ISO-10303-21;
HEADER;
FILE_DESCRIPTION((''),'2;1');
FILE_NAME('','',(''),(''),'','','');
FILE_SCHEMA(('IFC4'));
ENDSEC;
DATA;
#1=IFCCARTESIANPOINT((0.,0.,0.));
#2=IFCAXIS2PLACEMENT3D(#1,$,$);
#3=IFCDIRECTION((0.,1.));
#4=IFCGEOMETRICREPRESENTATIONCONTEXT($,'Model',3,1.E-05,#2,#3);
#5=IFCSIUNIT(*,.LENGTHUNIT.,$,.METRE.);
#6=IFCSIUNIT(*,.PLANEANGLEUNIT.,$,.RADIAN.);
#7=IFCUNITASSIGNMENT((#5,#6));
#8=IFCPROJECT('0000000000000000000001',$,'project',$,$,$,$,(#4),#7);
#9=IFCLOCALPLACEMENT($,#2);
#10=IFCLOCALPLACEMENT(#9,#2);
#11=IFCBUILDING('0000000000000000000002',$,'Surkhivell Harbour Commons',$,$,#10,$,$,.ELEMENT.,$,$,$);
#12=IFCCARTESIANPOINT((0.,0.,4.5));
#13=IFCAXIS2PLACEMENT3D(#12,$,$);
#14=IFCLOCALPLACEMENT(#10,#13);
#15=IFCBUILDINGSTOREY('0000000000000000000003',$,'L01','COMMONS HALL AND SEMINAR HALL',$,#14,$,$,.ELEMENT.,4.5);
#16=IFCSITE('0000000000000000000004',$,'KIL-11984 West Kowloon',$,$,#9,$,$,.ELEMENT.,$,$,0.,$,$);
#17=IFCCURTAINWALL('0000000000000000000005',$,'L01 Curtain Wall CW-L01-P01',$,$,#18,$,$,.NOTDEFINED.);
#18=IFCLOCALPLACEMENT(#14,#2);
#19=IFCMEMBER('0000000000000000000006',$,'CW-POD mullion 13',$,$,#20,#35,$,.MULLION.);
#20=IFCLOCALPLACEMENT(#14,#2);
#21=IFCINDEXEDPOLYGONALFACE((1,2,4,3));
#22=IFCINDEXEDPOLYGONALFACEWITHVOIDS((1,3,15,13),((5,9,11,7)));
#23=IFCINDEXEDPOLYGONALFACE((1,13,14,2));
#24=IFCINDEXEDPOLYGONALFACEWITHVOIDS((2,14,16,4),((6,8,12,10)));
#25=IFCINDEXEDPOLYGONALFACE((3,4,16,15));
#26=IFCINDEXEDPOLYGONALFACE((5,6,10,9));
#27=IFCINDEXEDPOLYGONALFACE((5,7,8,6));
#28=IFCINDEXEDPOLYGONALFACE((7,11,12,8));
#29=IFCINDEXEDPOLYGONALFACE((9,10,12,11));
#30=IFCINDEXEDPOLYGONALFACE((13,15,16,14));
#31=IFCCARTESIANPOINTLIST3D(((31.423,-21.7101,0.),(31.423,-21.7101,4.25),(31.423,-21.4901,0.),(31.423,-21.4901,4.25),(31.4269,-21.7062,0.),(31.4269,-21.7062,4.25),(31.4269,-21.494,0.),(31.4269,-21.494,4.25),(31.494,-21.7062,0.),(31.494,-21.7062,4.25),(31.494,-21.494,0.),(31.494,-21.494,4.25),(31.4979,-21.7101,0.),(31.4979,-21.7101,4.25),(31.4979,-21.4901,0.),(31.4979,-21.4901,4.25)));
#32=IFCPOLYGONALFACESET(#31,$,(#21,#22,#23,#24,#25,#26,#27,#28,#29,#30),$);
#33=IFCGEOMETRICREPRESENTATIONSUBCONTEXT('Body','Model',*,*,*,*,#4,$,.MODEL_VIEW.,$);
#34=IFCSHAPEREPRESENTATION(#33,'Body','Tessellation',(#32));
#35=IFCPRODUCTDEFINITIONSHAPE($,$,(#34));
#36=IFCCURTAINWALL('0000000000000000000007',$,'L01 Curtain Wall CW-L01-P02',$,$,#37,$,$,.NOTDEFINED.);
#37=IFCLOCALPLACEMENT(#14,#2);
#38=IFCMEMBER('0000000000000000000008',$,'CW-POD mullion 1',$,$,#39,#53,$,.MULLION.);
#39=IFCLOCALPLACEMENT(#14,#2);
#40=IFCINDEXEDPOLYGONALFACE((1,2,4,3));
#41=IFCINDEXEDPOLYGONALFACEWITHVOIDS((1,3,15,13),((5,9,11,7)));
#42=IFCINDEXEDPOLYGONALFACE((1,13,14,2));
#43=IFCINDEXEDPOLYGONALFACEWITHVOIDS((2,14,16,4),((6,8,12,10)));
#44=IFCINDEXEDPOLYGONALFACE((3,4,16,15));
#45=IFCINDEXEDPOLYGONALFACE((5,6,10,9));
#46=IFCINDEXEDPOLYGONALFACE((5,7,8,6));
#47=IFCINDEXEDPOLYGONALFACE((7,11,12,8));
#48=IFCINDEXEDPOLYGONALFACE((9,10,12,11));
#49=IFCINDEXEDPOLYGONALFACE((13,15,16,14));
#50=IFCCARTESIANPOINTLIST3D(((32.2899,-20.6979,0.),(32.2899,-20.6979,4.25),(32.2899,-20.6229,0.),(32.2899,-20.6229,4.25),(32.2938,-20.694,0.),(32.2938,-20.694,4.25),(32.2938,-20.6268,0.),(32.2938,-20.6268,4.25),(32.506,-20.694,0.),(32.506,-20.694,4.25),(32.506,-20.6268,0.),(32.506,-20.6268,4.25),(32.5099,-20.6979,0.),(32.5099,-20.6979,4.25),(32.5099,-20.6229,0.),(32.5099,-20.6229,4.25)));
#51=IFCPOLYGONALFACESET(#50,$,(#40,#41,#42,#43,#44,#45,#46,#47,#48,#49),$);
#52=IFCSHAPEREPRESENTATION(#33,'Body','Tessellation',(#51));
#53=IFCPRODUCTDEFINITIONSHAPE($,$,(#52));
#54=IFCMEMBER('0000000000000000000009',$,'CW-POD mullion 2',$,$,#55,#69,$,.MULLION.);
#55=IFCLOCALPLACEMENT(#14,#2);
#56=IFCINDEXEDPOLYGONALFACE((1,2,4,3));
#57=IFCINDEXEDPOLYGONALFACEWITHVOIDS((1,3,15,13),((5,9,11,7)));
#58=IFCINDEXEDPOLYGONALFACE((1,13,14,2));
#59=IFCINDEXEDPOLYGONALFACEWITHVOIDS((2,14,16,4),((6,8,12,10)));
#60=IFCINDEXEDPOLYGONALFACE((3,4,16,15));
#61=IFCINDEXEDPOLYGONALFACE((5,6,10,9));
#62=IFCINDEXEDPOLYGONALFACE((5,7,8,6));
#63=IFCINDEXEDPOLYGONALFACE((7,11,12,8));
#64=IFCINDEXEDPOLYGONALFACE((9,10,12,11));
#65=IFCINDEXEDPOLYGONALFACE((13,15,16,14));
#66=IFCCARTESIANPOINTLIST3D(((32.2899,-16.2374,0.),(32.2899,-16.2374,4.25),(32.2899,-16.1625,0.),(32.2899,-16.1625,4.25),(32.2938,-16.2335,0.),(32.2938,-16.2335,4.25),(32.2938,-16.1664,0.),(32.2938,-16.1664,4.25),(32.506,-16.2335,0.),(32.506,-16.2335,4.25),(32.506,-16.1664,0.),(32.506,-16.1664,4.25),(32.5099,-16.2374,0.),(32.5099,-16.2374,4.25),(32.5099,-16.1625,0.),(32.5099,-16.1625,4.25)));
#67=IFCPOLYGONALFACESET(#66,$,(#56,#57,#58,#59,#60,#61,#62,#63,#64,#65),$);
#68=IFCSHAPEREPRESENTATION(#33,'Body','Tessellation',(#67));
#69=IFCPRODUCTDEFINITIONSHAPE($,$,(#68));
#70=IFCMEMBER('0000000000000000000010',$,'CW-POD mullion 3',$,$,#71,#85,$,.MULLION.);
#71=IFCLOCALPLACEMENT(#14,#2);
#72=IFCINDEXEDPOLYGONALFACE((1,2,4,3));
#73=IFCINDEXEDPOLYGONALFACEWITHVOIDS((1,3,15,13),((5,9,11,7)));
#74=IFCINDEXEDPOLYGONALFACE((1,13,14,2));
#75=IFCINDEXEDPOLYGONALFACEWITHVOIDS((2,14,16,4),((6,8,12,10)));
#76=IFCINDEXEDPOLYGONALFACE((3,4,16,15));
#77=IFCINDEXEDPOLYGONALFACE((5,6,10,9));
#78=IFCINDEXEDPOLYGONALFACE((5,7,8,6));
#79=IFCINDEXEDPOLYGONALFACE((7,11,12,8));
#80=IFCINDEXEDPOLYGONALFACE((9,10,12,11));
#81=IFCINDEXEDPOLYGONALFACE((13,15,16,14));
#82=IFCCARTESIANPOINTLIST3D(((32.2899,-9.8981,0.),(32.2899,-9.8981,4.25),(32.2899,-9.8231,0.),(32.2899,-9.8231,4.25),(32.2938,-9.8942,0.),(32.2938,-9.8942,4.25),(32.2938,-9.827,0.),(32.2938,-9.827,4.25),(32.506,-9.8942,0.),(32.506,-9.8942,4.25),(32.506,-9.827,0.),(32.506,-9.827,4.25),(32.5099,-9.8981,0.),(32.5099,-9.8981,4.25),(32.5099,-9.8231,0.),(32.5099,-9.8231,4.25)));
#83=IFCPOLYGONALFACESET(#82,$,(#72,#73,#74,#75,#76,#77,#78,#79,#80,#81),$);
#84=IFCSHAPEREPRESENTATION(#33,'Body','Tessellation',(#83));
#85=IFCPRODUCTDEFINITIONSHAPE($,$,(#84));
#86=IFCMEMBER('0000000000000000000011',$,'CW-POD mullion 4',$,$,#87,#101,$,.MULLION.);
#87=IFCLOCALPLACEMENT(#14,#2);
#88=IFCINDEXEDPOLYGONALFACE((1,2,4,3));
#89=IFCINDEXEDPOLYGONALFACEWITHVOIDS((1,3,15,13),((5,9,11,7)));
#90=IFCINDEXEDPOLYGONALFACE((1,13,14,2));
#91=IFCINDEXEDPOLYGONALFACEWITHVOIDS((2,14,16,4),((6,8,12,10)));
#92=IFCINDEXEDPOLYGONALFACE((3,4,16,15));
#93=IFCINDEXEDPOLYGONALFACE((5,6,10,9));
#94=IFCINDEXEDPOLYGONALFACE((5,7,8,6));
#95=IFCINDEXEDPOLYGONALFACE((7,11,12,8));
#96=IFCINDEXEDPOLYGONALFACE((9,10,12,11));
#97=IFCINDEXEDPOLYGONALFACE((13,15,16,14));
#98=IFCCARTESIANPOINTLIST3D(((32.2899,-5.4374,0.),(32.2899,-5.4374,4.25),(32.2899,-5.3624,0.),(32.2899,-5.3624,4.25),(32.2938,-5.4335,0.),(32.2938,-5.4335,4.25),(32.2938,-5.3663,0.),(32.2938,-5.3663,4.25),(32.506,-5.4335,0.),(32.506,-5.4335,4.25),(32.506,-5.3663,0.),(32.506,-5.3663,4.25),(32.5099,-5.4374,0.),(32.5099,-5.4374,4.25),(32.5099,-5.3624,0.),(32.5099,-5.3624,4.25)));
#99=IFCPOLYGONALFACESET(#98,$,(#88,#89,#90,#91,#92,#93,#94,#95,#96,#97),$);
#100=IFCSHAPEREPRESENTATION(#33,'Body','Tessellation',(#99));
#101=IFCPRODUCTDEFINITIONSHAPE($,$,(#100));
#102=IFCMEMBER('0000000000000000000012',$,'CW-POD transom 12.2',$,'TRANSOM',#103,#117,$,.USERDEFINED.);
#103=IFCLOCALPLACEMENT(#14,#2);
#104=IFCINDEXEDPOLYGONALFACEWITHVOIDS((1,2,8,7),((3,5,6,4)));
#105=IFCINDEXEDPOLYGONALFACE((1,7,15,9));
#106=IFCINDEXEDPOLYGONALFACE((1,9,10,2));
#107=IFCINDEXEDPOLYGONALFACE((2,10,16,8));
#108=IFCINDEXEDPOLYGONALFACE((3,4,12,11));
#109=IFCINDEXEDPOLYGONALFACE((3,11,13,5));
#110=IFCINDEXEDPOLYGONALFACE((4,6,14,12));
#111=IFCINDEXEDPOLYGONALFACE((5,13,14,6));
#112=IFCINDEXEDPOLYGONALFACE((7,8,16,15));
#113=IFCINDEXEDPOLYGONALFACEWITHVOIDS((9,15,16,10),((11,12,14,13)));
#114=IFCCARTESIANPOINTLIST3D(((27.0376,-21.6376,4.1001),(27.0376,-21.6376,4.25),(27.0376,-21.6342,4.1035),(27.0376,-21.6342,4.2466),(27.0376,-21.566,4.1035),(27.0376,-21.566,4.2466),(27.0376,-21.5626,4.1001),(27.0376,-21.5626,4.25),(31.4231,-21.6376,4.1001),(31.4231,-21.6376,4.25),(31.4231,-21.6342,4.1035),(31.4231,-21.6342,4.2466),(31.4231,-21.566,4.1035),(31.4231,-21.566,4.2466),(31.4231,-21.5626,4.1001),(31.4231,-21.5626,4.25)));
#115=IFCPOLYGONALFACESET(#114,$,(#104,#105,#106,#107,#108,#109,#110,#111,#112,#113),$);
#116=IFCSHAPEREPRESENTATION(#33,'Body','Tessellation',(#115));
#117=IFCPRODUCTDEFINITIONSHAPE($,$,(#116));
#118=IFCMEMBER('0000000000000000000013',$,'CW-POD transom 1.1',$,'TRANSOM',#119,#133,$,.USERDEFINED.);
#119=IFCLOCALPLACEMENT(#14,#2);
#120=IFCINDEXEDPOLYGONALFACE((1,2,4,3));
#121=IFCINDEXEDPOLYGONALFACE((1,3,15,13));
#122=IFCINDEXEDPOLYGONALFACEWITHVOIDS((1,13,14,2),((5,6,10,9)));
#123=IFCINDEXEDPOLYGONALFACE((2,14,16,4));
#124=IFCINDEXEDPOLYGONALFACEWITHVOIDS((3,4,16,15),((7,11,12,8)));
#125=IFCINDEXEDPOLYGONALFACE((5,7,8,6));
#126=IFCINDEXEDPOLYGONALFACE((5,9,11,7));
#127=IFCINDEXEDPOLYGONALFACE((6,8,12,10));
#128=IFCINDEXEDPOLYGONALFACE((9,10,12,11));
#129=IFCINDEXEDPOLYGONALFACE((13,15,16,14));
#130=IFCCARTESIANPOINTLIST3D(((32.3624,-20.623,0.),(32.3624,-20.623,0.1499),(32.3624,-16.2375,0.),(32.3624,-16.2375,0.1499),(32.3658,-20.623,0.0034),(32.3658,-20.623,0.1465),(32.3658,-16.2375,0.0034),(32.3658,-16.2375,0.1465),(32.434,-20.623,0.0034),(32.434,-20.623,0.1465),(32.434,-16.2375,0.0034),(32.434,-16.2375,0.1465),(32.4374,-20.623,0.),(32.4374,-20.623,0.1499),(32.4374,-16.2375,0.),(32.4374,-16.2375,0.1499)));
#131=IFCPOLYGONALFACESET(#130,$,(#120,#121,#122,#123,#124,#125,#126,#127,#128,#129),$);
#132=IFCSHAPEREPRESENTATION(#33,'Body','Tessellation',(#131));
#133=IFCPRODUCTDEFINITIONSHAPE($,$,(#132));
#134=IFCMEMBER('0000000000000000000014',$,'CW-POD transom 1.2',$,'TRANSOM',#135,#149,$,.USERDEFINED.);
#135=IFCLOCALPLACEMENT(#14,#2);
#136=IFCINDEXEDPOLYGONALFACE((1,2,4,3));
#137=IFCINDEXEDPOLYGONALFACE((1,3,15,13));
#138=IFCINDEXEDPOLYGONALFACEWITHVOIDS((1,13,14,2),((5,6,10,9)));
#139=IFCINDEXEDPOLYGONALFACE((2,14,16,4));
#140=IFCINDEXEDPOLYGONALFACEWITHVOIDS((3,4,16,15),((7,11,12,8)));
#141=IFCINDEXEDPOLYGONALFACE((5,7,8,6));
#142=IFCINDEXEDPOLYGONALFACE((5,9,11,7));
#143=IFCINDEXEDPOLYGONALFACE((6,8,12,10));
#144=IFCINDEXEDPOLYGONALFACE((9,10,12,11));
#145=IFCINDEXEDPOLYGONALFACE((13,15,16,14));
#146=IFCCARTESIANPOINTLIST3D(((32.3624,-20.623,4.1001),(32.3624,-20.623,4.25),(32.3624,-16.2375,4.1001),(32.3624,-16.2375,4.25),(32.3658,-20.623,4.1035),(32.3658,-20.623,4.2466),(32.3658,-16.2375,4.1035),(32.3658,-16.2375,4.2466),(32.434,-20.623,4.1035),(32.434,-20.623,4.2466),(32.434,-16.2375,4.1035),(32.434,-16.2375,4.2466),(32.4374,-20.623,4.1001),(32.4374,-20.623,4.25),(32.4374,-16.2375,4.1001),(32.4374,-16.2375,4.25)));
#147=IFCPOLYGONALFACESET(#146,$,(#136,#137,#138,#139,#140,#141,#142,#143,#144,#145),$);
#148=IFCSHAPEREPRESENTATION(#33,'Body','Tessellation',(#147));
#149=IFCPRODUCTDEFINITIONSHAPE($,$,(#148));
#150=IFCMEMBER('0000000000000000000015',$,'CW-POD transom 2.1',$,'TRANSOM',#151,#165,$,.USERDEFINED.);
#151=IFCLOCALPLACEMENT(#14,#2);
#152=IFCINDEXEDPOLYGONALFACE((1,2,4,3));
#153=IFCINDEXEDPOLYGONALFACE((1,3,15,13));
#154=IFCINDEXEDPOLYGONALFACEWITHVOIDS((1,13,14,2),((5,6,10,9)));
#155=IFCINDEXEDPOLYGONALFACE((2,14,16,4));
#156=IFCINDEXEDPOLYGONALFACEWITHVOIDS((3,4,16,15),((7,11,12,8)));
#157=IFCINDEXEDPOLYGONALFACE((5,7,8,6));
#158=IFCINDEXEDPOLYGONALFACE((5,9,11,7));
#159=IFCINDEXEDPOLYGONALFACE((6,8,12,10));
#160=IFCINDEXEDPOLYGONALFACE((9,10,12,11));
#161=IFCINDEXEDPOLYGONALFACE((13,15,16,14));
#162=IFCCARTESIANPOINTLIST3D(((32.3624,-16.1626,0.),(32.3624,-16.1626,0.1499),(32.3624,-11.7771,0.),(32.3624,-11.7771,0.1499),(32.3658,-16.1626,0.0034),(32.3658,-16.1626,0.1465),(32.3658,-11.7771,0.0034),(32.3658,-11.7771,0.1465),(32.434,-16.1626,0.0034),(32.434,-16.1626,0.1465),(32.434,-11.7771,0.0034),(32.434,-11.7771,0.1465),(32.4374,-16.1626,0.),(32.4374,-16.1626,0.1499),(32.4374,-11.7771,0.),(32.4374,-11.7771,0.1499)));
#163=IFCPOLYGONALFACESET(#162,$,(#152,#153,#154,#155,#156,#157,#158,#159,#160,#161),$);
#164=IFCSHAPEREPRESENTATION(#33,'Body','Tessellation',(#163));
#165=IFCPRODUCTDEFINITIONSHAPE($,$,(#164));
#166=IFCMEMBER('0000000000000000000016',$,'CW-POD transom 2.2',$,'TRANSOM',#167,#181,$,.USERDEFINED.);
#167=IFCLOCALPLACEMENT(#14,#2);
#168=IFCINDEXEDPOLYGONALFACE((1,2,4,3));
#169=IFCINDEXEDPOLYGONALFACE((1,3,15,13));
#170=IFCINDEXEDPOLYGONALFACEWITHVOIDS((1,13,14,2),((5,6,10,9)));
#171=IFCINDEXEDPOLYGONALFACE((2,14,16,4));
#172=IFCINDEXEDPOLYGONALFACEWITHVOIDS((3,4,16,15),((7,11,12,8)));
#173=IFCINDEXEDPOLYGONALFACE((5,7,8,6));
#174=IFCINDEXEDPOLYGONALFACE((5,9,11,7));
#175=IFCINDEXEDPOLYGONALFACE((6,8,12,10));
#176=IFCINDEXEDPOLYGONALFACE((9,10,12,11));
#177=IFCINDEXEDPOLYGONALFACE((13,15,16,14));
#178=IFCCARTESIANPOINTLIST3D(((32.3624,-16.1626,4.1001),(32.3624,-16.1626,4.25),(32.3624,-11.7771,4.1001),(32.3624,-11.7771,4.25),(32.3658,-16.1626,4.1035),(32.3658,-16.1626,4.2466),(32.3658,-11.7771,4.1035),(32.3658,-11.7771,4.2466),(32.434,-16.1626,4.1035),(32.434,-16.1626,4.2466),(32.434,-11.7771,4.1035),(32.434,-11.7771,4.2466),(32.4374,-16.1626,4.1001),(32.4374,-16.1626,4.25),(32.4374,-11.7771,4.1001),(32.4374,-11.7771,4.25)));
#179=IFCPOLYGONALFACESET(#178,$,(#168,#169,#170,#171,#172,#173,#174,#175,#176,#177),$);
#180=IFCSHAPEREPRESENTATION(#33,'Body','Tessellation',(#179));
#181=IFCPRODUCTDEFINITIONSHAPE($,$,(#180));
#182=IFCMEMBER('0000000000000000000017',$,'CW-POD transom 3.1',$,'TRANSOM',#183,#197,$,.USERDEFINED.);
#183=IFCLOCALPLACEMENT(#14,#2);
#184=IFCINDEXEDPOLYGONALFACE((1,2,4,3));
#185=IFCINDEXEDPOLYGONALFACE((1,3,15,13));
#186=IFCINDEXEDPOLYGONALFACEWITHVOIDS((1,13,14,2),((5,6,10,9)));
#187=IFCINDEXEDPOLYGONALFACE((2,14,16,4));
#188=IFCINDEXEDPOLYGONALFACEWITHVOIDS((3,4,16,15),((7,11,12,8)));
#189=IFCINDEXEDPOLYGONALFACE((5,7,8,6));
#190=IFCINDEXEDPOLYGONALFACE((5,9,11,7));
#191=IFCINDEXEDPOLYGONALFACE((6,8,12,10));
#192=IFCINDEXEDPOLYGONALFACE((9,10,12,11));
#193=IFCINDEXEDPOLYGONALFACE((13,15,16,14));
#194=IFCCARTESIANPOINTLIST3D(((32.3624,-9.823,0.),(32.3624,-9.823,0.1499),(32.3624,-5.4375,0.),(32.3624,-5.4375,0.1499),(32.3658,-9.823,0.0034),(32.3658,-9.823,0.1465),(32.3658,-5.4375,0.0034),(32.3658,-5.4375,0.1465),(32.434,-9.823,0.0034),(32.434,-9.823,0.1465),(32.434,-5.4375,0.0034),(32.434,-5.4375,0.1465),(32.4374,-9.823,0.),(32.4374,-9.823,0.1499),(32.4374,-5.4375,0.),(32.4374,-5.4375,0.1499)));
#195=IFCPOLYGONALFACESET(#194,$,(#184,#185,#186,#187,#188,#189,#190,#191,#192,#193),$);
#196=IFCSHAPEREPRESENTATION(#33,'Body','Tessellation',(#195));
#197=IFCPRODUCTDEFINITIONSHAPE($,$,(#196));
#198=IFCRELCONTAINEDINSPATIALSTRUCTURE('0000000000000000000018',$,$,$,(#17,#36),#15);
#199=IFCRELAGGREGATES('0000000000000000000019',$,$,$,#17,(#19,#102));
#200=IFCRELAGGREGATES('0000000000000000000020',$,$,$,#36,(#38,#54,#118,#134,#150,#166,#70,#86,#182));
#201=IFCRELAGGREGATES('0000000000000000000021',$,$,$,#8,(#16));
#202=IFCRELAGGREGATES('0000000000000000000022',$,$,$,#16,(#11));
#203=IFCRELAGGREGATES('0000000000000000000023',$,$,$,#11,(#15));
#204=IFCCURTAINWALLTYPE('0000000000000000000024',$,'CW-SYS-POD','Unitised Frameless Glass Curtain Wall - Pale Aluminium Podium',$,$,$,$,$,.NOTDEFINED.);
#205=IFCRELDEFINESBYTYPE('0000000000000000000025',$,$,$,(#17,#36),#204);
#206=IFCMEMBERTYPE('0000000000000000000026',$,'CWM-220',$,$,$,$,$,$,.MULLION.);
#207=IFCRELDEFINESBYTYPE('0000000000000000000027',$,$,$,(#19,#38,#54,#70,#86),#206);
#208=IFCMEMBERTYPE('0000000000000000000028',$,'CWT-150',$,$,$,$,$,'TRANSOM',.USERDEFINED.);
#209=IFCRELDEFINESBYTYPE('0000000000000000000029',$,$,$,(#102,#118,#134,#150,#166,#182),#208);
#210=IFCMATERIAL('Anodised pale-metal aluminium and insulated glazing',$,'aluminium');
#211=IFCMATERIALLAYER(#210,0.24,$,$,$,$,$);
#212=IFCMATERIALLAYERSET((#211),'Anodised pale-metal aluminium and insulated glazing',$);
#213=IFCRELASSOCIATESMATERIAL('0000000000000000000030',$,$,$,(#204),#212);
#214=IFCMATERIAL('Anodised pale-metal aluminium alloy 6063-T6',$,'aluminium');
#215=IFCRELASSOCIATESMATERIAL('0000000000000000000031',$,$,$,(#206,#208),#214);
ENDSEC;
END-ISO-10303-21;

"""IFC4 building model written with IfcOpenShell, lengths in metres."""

from ifc_helpers import new_model, si_unit, direction, frame, origin, origin_2d, place, context, subcontext, project, spatial, hollow_rectangle, extrude, material, layer, layer_set, material_profile, profile_set, type_object, element, aggregate, save


model = new_model("IFC4")

# Units and contexts
model_context = context("Model", 3, precision=1e-05, world=origin(), true_north=direction((0.0, 1.0)))
body_context = subcontext(model_context, "Body", "Model", "MODEL_VIEW")
ifc_project = project(units=[si_unit("LENGTHUNIT", "METRE"), si_unit("PLANEANGLEUNIT", "RADIAN")], contexts=[model_context])

# Site, building, storey
site_placement = place(None, origin())
site = spatial("IfcSite", under=ifc_project, at=site_placement, Name="KIL-11984 West Kowloon", CompositionType="ELEMENT", RefElevation=0.0)
building_placement = place(site_placement, origin())
building = spatial("IfcBuilding", under=site, at=building_placement, Name="Surkhivell Harbour Commons", CompositionType="ELEMENT")
storey_placement = place(building_placement, frame((0.0, 0.0, 4.5)))
storey = spatial("IfcBuildingStorey", under=building, at=storey_placement, Name="L01", Description="COMMONS HALL AND SEMINAR HALL", CompositionType="ELEMENT", Elevation=4.5)

# Curtain wall, member
ifc_material_1 = material(Name="Anodised pale-metal aluminium and insulated glazing", Category="aluminium")
ifc_layer_1 = layer(ifc_material_1, 0.24)
ifc_layer_set_1 = layer_set([ifc_layer_1], Name="Anodised pale-metal aluminium and insulated glazing")
curtain_wall_type = type_object("IfcCurtainWallType", Name="CW-SYS-POD", Description="Unitised Frameless Glass Curtain Wall - Pale Aluminium Podium", PredefinedType="NOTDEFINED", material=ifc_layer_set_1)
curtain_wall_1_placement = place(storey_placement, origin())
curtain_wall_1 = element("IfcCurtainWall", 1, at=curtain_wall_1_placement, inside=storey, type_object=curtain_wall_type, Name="L01 Curtain Wall CW-L01-P01", PredefinedType="NOTDEFINED")
ifc_material_2 = material(Name="Anodised pale-metal aluminium alloy 6063-T6", Category="aluminium")
ifc_material_profile_1 = material_profile(ifc_material_2, hollow_rectangle(XDim=0.075, YDim=0.22, WallThickness=0.0039, at=origin_2d()), Name="ALU-MULL-75x220")
ifc_profile_set_1 = profile_set([ifc_material_profile_1], Name="Anodised pale-metal aluminium alloy 6063-T6")
member_type_1 = type_object("IfcMemberType", Name="CWM-220", PredefinedType="MULLION", material=ifc_profile_set_1)
member_1_placement = place(storey_placement, frame((31.4604, -21.6001, 0.0), z_axis=(0.0, 0.0, 1.0), x_axis=(1.0, 0.0, 0.0)))
member_1 = element("IfcMember", 2, at=member_1_placement, type_object=member_type_1, Name="CW-POD mullion 13", PredefinedType="MULLION", context=body_context, shape_type="SweptSolid", body=[
    extrude(hollow_rectangle(XDim=0.075, YDim=0.22, WallThickness=0.0039, at=origin_2d()), origin(), (0.0, 0.0, 1.0), 4.25),
])

# Curtain wall, members
curtain_wall_2_placement = place(storey_placement, origin())
curtain_wall_2 = element("IfcCurtainWall", 3, at=curtain_wall_2_placement, inside=storey, type_object=curtain_wall_type, Name="L01 Curtain Wall CW-L01-P02", PredefinedType="NOTDEFINED")
member_2_placement = place(storey_placement, frame((32.3999, -20.6604, 0.0), z_axis=(0.0, 0.0, 1.0), x_axis=(0.0, 1.0, 0.0)))
member_2 = element("IfcMember", 4, at=member_2_placement, type_object=member_type_1, Name="CW-POD mullion 1", PredefinedType="MULLION", context=body_context, shape_type="SweptSolid", body=[
    extrude(hollow_rectangle(XDim=0.075, YDim=0.22, WallThickness=0.0039, at=origin_2d()), origin(), (0.0, 0.0, 1.0), 4.25),
])
member_3_placement = place(storey_placement, frame((32.3999, -16.2, 0.0), z_axis=(0.0, 0.0, 1.0), x_axis=(0.0, 1.0, 0.0)))
member_3 = element("IfcMember", 5, at=member_3_placement, type_object=member_type_1, Name="CW-POD mullion 2", PredefinedType="MULLION", context=body_context, shape_type="SweptSolid", body=[
    extrude(hollow_rectangle(XDim=0.075, YDim=0.22, WallThickness=0.0039, at=origin_2d()), origin(), (0.0, 0.0, 1.0), 4.25),
])
member_4_placement = place(storey_placement, frame((32.3999, -9.8606, 0.0), z_axis=(0.0, 0.0, 1.0), x_axis=(0.0, 1.0, 0.0)))
member_4 = element("IfcMember", 6, at=member_4_placement, type_object=member_type_1, Name="CW-POD mullion 3", PredefinedType="MULLION", context=body_context, shape_type="SweptSolid", body=[
    extrude(hollow_rectangle(XDim=0.075, YDim=0.22, WallThickness=0.0039, at=origin_2d()), origin(), (0.0, 0.0, 1.0), 4.25),
])
member_5_placement = place(storey_placement, frame((32.3999, -5.3999, 0.0), z_axis=(0.0, 0.0, 1.0), x_axis=(0.0, 1.0, 0.0)))
member_5 = element("IfcMember", 7, at=member_5_placement, type_object=member_type_1, Name="CW-POD mullion 4", PredefinedType="MULLION", context=body_context, shape_type="SweptSolid", body=[
    extrude(hollow_rectangle(XDim=0.075, YDim=0.22, WallThickness=0.0039, at=origin_2d()), origin(), (0.0, 0.0, 1.0), 4.25),
])

# Members
ifc_material_profile_2 = material_profile(ifc_material_2, hollow_rectangle(XDim=0.075, YDim=0.1499, WallThickness=0.0034, at=origin_2d()), Name="ALU-TRAN-75x150")
ifc_profile_set_2 = profile_set([ifc_material_profile_2], Name="Anodised pale-metal aluminium alloy 6063-T6")
member_type_2 = type_object("IfcMemberType", Name="CWT-150", ElementType="TRANSOM", PredefinedType="USERDEFINED", material=ifc_profile_set_2)
member_6_placement = place(storey_placement, frame((27.0376, -21.6001, 4.175), z_axis=(1.0, 0.0, 0.0), x_axis=(0.0, 1.0, 0.0)))
member_6 = element("IfcMember", 8, at=member_6_placement, type_object=member_type_2, Name="CW-POD transom 12.2", ObjectType="TRANSOM", PredefinedType="USERDEFINED", context=body_context, shape_type="SweptSolid", body=[
    extrude(hollow_rectangle(XDim=0.075, YDim=0.1499, WallThickness=0.0034, at=origin_2d()), origin(), (0.0, 0.0, 1.0), 4.3855),
])
member_7_placement = place(storey_placement, frame((32.3999, -20.623, 0.075), z_axis=(0.0, 1.0, 0.0), x_axis=(-1.0, 0.0, 0.0)))
member_7 = element("IfcMember", 9, at=member_7_placement, type_object=member_type_2, Name="CW-POD transom 1.1", ObjectType="TRANSOM", PredefinedType="USERDEFINED", context=body_context, shape_type="SweptSolid", body=[
    extrude(hollow_rectangle(XDim=0.075, YDim=0.1499, WallThickness=0.0034, at=origin_2d()), origin(), (0.0, 0.0, 1.0), 4.3855),
])
member_8_placement = place(storey_placement, frame((32.3999, -20.623, 4.175), z_axis=(0.0, 1.0, 0.0), x_axis=(-1.0, 0.0, 0.0)))
member_8 = element("IfcMember", 10, at=member_8_placement, type_object=member_type_2, Name="CW-POD transom 1.2", ObjectType="TRANSOM", PredefinedType="USERDEFINED", context=body_context, shape_type="SweptSolid", body=[
    extrude(hollow_rectangle(XDim=0.075, YDim=0.1499, WallThickness=0.0034, at=origin_2d()), origin(), (0.0, 0.0, 1.0), 4.3855),
])
member_9_placement = place(storey_placement, frame((32.3999, -16.1626, 0.075), z_axis=(0.0, 1.0, 0.0), x_axis=(-1.0, 0.0, 0.0)))
member_9 = element("IfcMember", 11, at=member_9_placement, type_object=member_type_2, Name="CW-POD transom 2.1", ObjectType="TRANSOM", PredefinedType="USERDEFINED", context=body_context, shape_type="SweptSolid", body=[
    extrude(hollow_rectangle(XDim=0.075, YDim=0.1499, WallThickness=0.0034, at=origin_2d()), origin(), (0.0, 0.0, 1.0), 4.3855),
])
member_10_placement = place(storey_placement, frame((32.3999, -16.1626, 4.175), z_axis=(0.0, 1.0, 0.0), x_axis=(-1.0, 0.0, 0.0)))
member_10 = element("IfcMember", 12, at=member_10_placement, type_object=member_type_2, Name="CW-POD transom 2.2", ObjectType="TRANSOM", PredefinedType="USERDEFINED", context=body_context, shape_type="SweptSolid", body=[
    extrude(hollow_rectangle(XDim=0.075, YDim=0.1499, WallThickness=0.0034, at=origin_2d()), origin(), (0.0, 0.0, 1.0), 4.3855),
])
member_11_placement = place(storey_placement, frame((32.3999, -9.823, 0.075), z_axis=(0.0, 1.0, 0.0), x_axis=(-1.0, 0.0, 0.0)))
member_11 = element("IfcMember", 13, at=member_11_placement, type_object=member_type_2, Name="CW-POD transom 3.1", ObjectType="TRANSOM", PredefinedType="USERDEFINED", context=body_context, shape_type="SweptSolid", body=[
    extrude(hollow_rectangle(XDim=0.075, YDim=0.1499, WallThickness=0.0034, at=origin_2d()), origin(), (0.0, 0.0, 1.0), 4.3855),
])

aggregate(curtain_wall_1, [member_1, member_6])
aggregate(curtain_wall_2, [member_2, member_3, member_7, member_8, member_9, member_10, member_4, member_5, member_11])

save(model, "model.ifc")
